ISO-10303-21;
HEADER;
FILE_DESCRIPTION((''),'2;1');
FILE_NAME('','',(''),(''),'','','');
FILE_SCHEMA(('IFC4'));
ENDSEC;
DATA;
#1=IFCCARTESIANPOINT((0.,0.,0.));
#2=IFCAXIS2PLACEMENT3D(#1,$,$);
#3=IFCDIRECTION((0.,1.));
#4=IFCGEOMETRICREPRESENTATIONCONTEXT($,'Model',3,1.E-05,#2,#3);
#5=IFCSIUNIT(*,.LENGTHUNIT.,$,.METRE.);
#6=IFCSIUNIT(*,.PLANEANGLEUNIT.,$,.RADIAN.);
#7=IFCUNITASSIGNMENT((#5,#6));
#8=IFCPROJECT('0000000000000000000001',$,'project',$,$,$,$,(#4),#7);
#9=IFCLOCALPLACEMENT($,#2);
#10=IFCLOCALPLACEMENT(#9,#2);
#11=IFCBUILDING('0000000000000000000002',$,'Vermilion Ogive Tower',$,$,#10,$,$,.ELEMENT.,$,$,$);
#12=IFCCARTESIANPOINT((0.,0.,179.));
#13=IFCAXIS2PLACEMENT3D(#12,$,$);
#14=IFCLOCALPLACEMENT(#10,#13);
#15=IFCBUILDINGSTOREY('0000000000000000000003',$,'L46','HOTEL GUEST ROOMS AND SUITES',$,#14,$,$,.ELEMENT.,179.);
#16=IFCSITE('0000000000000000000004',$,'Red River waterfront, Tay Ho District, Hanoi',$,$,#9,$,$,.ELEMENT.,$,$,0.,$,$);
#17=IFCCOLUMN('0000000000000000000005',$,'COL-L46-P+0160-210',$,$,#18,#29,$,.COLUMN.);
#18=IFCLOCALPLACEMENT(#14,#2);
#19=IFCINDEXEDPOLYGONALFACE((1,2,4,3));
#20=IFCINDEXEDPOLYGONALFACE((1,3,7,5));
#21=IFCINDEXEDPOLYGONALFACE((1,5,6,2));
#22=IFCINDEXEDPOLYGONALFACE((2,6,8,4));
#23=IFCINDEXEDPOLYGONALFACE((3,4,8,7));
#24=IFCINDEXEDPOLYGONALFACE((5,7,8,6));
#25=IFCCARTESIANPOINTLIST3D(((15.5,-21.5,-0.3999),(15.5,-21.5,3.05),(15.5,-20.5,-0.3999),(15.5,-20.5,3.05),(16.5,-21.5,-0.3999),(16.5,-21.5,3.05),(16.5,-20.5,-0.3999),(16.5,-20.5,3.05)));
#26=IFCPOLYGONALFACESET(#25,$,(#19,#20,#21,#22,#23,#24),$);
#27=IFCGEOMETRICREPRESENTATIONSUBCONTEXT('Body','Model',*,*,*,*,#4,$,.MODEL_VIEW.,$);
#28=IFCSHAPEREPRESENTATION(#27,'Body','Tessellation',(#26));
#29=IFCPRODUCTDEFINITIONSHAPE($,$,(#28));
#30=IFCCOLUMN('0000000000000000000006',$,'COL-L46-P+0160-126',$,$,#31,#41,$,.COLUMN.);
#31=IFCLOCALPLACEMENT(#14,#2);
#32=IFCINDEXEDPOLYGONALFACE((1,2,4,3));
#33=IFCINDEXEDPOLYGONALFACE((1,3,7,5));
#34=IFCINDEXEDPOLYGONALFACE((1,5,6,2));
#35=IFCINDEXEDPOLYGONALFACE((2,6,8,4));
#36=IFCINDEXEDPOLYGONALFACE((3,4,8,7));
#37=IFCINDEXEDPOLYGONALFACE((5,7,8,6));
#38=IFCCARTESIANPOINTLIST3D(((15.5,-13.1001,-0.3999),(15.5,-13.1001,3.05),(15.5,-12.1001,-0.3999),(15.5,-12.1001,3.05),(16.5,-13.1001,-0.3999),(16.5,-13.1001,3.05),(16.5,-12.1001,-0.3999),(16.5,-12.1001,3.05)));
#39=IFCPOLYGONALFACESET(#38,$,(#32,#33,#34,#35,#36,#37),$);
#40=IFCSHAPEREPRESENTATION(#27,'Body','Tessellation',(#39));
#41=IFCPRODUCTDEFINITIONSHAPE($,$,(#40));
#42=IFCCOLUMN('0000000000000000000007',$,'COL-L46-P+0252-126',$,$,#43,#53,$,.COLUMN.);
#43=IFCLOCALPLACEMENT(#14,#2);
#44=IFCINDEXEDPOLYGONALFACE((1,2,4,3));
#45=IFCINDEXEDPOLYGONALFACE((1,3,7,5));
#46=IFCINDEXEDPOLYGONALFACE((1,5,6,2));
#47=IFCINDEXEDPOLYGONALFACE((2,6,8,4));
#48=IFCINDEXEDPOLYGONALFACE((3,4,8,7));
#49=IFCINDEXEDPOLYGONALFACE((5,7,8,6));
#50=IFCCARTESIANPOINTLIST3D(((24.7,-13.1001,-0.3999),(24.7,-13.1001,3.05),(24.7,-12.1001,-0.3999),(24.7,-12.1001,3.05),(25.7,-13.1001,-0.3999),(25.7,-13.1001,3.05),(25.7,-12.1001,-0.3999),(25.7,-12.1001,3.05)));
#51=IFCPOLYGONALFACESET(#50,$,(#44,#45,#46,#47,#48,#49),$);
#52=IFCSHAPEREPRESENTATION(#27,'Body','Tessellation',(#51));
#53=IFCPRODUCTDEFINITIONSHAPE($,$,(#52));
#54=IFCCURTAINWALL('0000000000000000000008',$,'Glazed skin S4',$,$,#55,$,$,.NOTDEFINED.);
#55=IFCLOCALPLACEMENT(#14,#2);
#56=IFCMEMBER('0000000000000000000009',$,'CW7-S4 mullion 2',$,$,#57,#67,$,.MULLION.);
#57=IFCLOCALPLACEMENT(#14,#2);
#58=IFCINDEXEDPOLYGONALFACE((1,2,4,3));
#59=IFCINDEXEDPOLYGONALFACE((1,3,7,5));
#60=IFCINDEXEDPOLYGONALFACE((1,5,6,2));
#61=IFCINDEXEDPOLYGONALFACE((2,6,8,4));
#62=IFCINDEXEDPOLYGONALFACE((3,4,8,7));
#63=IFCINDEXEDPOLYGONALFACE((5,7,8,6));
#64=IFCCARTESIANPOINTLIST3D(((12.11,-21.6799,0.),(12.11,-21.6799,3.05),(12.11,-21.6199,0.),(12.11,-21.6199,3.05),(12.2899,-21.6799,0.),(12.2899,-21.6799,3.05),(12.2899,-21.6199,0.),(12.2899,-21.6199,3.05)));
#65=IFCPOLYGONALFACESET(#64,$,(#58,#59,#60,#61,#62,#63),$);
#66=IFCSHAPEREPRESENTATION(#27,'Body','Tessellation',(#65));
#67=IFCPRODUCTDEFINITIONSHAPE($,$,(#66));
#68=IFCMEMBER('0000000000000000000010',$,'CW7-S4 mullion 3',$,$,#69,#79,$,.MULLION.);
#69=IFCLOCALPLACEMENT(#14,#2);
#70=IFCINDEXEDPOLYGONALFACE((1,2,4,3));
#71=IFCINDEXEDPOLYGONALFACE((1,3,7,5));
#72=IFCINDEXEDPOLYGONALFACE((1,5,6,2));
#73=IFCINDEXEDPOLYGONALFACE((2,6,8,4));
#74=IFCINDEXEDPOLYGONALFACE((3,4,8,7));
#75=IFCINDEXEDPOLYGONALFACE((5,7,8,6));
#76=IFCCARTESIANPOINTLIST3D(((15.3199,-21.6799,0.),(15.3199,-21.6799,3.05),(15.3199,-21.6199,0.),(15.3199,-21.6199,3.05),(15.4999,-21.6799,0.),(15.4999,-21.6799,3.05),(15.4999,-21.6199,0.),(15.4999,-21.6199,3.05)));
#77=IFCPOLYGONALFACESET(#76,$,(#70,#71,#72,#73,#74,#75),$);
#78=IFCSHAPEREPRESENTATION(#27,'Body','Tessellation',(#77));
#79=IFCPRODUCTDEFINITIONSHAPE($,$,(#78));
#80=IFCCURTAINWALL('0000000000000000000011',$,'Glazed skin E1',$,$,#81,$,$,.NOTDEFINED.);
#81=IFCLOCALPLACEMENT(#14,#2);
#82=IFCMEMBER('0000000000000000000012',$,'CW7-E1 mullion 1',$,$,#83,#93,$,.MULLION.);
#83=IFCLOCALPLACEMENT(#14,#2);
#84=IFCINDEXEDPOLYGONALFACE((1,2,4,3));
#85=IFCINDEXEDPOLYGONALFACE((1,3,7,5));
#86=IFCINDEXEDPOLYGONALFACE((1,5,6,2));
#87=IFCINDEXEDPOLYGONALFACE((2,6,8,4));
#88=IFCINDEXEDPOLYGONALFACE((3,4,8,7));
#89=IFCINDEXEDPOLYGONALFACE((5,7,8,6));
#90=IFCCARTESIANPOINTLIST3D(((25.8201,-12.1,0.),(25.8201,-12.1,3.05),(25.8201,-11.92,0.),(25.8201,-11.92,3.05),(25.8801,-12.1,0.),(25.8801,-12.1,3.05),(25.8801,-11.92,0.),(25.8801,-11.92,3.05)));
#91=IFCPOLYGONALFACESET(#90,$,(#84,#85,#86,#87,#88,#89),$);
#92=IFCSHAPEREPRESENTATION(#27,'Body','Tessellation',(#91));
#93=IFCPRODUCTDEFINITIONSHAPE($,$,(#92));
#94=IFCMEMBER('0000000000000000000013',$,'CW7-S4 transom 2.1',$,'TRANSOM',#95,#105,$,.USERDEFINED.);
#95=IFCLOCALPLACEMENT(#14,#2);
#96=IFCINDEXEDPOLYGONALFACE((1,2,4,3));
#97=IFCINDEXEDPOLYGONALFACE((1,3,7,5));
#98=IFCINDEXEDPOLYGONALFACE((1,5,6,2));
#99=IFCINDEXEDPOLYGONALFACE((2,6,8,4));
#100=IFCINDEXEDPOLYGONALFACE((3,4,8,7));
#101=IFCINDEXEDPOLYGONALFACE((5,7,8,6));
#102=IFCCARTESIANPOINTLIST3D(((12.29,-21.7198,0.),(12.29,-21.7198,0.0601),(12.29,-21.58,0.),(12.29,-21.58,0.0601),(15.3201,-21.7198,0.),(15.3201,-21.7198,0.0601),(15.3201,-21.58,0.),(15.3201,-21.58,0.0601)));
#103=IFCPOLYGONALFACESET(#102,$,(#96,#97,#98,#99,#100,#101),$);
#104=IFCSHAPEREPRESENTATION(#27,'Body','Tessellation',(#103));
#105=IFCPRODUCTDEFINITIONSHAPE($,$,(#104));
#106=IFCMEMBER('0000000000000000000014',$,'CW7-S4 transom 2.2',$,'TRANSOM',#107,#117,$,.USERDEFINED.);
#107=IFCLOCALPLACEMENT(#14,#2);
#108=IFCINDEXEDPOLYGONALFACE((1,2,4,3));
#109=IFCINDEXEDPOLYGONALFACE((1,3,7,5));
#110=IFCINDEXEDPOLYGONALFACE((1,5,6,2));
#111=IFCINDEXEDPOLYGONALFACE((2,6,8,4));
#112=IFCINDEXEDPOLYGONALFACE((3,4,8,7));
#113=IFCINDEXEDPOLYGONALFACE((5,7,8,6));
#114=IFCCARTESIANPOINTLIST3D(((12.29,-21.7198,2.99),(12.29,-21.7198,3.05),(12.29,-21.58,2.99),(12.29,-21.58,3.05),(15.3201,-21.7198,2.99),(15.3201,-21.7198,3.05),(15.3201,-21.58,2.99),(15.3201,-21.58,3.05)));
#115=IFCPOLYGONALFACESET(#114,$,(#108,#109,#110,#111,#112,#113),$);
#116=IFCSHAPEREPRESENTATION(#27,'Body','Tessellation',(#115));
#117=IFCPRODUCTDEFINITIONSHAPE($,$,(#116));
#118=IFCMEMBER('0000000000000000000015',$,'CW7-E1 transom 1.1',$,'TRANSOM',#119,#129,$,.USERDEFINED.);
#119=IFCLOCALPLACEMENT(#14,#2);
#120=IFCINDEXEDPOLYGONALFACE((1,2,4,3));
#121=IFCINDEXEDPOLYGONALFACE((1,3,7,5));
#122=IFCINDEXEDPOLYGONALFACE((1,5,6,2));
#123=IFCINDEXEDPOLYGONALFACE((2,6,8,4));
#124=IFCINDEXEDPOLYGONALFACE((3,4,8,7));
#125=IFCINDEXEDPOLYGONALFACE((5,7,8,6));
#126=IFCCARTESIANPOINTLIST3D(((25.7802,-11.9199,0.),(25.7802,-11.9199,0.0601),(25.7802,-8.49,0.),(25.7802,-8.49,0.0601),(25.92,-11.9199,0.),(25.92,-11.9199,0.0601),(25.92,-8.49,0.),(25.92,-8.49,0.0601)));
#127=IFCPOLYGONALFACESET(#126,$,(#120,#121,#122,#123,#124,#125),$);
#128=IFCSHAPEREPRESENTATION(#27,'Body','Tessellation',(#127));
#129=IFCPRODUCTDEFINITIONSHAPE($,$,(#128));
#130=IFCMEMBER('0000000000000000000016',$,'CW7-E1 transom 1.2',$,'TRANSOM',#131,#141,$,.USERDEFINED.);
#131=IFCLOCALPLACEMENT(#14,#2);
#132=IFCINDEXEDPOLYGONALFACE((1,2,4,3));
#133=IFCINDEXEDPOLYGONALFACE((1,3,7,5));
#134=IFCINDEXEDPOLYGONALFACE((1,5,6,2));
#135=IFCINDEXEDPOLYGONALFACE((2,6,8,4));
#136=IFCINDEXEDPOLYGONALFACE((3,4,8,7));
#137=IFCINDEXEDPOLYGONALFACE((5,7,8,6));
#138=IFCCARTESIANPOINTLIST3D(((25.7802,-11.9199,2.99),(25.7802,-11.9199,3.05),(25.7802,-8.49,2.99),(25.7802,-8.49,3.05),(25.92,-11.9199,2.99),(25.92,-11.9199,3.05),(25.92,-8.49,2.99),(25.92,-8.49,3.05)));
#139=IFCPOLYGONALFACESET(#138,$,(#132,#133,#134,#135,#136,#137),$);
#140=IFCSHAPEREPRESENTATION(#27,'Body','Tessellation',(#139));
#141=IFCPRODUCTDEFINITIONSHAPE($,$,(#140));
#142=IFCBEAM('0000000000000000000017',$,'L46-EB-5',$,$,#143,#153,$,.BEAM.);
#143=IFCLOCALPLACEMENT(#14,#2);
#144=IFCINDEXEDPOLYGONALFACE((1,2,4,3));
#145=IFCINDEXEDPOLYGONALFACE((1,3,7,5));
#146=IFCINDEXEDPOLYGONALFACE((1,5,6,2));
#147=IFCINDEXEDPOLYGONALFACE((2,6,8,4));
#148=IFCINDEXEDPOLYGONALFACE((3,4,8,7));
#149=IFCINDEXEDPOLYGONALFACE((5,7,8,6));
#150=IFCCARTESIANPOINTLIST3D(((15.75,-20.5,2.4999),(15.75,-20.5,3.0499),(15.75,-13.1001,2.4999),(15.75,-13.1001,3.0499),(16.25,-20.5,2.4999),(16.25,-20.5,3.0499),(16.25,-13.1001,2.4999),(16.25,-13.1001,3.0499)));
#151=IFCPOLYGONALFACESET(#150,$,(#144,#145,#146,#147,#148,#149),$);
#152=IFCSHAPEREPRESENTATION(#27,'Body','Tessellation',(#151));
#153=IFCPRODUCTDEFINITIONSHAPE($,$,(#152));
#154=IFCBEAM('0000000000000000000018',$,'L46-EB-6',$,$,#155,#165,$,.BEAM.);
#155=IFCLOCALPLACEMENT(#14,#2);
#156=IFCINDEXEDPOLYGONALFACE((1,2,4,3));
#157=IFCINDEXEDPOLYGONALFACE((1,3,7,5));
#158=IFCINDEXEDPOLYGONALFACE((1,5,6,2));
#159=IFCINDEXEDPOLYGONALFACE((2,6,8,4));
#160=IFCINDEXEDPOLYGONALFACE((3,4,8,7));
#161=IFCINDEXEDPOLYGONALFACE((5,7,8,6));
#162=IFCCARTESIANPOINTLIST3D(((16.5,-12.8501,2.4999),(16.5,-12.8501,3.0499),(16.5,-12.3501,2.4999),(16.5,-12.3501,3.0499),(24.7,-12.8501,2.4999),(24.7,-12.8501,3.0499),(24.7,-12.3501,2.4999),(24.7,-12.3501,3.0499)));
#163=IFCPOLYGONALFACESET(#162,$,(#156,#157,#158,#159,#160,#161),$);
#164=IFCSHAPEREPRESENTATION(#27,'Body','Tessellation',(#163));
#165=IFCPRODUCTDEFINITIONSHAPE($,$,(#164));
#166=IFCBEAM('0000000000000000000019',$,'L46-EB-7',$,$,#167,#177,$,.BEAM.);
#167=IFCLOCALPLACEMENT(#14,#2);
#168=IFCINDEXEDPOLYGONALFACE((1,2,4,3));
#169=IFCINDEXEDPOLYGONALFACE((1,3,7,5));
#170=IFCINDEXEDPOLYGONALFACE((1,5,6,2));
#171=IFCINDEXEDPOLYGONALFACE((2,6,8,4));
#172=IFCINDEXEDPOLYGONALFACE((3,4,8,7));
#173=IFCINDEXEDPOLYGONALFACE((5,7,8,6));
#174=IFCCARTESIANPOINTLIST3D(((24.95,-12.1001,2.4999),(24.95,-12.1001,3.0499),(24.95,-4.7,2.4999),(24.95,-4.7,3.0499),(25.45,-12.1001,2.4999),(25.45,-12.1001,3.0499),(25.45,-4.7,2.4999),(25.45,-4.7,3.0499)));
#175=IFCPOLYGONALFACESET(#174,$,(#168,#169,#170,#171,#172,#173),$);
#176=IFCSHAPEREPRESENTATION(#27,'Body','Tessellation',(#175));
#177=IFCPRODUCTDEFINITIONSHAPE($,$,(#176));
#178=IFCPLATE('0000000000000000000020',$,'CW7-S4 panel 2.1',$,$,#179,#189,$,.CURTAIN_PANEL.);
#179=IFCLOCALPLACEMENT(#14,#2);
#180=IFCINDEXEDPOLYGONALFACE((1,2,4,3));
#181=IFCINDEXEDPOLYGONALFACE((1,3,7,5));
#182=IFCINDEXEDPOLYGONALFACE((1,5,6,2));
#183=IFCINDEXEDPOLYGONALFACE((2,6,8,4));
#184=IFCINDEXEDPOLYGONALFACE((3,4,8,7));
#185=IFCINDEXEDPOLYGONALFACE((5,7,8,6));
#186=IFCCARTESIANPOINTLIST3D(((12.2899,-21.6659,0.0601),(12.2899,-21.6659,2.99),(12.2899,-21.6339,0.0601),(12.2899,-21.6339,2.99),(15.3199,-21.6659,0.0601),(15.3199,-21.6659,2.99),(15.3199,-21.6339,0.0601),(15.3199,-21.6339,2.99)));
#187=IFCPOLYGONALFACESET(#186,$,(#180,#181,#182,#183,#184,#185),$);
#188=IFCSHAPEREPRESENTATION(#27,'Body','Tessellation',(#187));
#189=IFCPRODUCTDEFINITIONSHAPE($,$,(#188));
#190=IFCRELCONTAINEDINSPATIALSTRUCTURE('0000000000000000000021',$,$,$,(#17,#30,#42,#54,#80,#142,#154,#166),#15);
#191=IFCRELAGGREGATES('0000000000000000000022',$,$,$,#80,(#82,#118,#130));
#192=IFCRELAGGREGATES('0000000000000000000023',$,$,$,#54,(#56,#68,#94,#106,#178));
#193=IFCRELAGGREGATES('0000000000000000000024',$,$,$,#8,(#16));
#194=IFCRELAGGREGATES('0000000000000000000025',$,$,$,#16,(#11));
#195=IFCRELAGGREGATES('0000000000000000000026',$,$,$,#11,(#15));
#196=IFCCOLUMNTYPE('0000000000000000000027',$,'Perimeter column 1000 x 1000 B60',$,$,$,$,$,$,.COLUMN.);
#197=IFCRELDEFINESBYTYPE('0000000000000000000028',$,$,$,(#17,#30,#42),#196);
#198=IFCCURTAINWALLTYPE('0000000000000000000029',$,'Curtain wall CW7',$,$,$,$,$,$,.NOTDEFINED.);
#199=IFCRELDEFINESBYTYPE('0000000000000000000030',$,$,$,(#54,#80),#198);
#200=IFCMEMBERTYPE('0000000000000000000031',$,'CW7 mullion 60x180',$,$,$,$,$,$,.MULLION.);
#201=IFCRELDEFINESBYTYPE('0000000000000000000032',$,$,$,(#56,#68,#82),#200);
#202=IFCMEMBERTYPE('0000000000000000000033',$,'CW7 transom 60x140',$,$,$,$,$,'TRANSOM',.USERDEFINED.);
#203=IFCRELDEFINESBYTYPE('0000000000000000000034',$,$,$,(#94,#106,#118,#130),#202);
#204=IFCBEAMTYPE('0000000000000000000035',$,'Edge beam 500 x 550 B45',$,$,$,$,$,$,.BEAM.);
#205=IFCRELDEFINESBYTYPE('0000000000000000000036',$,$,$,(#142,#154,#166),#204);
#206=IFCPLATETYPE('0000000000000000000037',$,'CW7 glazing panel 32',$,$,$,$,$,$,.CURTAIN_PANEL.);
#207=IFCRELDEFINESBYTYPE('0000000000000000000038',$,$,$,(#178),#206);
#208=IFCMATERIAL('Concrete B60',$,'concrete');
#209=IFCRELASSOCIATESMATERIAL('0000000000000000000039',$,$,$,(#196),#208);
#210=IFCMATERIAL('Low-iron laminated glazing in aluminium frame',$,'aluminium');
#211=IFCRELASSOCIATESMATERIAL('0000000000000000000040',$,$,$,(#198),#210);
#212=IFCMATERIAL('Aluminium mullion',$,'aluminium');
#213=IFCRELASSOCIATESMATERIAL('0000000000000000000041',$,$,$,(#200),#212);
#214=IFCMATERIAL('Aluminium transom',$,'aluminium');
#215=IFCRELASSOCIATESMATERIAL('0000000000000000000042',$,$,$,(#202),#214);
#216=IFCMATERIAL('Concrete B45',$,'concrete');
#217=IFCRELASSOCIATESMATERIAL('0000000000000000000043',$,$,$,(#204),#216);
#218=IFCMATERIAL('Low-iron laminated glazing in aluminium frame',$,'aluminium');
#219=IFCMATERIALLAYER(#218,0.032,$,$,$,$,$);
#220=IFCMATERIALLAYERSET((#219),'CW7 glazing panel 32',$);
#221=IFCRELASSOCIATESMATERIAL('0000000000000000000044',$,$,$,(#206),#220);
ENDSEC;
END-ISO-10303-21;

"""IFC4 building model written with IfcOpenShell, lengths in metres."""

from ifc_helpers import new_model, si_unit, direction, frame, origin, origin_2d, place, context, subcontext, project, spatial, rectangle, extrude, material, layer, layer_set, material_profile, profile_set, type_object, element, aggregate, save


model = new_model("IFC4")

# Units and contexts
model_context = context("Model", 3, precision=1e-05, world=origin(), true_north=direction((0.0, 1.0)))
body_context = subcontext(model_context, "Body", "Model", "MODEL_VIEW")
ifc_project = project(units=[si_unit("LENGTHUNIT", "METRE"), si_unit("PLANEANGLEUNIT", "RADIAN")], contexts=[model_context])

# Site, building, storey
site_placement = place(None, origin())
site = spatial("IfcSite", under=ifc_project, at=site_placement, Name="Red River waterfront, Tay Ho District, Hanoi", CompositionType="ELEMENT", RefElevation=0.0)
building_placement = place(site_placement, origin())
building = spatial("IfcBuilding", under=site, at=building_placement, Name="Vermilion Ogive Tower", CompositionType="ELEMENT")
storey_placement = place(building_placement, frame((0.0, 0.0, 179.0)))
storey = spatial("IfcBuildingStorey", under=building, at=storey_placement, Name="L46", Description="HOTEL GUEST ROOMS AND SUITES", CompositionType="ELEMENT", Elevation=179.0)

# Columns
ifc_material_1 = material(Name="Concrete B60", Category="concrete")
ifc_material_profile_1 = material_profile(ifc_material_1, rectangle(XDim=1.0, YDim=1.0, at=origin_2d()), Name="1000 x 1000")
ifc_profile_set_1 = profile_set([ifc_material_profile_1], Name="Concrete B60")
column_type = type_object("IfcColumnType", Name="Perimeter column 1000 x 1000 B60", PredefinedType="COLUMN", material=ifc_profile_set_1)
for number, where, z_axis, x_axis, name in (
    (1, (16.0, -21.0, -0.3999), (0.0, 0.0, 1.0), (1.0, 0.0, 0.0), "COL-L46-P+0160-210"),
    (2, (16.0, -12.6001, -0.3999), (0.0, 0.0, 1.0), (1.0, 0.0, 0.0), "COL-L46-P+0160-126"),
    (3, (25.2, -12.6001, -0.3999), (0.0, 0.0, 1.0), (1.0, 0.0, 0.0), "COL-L46-P+0252-126"),
):
    element("IfcColumn", number, at=place(storey_placement, frame(where, z_axis=z_axis, x_axis=x_axis)), inside=storey, type_object=column_type, Name=name, PredefinedType="COLUMN", context=body_context, shape_type="SweptSolid", body=[
        extrude(rectangle(XDim=1.0, YDim=1.0, at=origin_2d()), origin(), (0.0, 0.0, 1.0), 3.45),
    ])

# Curtain wall, members
ifc_material_2 = material(Name="Low-iron laminated glazing in aluminium frame", Category="aluminium")
curtain_wall_type = type_object("IfcCurtainWallType", Name="Curtain wall CW7", PredefinedType="NOTDEFINED", material=ifc_material_2)
curtain_wall_1_placement = place(storey_placement, origin())
curtain_wall_1 = element("IfcCurtainWall", 4, at=curtain_wall_1_placement, inside=storey, type_object=curtain_wall_type, Name="Glazed skin S4", PredefinedType="NOTDEFINED")
ifc_material_3 = material(Name="Aluminium mullion", Category="aluminium")
ifc_material_profile_2 = material_profile(ifc_material_3, rectangle(XDim=0.0601, YDim=0.1799, at=origin_2d()), Name="AL 60x180")
ifc_profile_set_2 = profile_set([ifc_material_profile_2], Name="Aluminium mullion")
member_type_1 = type_object("IfcMemberType", Name="CW7 mullion 60x180", PredefinedType="MULLION", material=ifc_profile_set_2)
member_1_placement = place(storey_placement, frame((12.2, -21.6499, 0.0), z_axis=(0.0, 0.0, 1.0), x_axis=(0.0, 1.0, 0.0)))
member_1 = element("IfcMember", 5, at=member_1_placement, type_object=member_type_1, Name="CW7-S4 mullion 2", PredefinedType="MULLION", context=body_context, shape_type="SweptSolid", body=[
    extrude(rectangle(XDim=0.0601, YDim=0.1799, at=origin_2d()), origin(), (0.0, 0.0, 1.0), 3.05),
])
member_2_placement = place(storey_placement, frame((15.4099, -21.6499, 0.0), z_axis=(0.0, 0.0, 1.0), x_axis=(0.0, 1.0, 0.0)))
member_2 = element("IfcMember", 6, at=member_2_placement, type_object=member_type_1, Name="CW7-S4 mullion 3", PredefinedType="MULLION", context=body_context, shape_type="SweptSolid", body=[
    extrude(rectangle(XDim=0.0601, YDim=0.1799, at=origin_2d()), origin(), (0.0, 0.0, 1.0), 3.05),
])

# Curtain wall, member
curtain_wall_2_placement = place(storey_placement, origin())
curtain_wall_2 = element("IfcCurtainWall", 7, at=curtain_wall_2_placement, inside=storey, type_object=curtain_wall_type, Name="Glazed skin E1", PredefinedType="NOTDEFINED")
member_3_placement = place(storey_placement, frame((25.8501, -12.01, 0.0), z_axis=(0.0, 0.0, 1.0), x_axis=(-1.0, 0.0, 0.0)))
member_3 = element("IfcMember", 8, at=member_3_placement, type_object=member_type_1, Name="CW7-E1 mullion 1", PredefinedType="MULLION", context=body_context, shape_type="SweptSolid", body=[
    extrude(rectangle(XDim=0.0601, YDim=0.1799, at=origin_2d()), origin(), (0.0, 0.0, 1.0), 3.05),
])

# Members
ifc_material_4 = material(Name="Aluminium transom", Category="aluminium")
ifc_material_profile_3 = material_profile(ifc_material_4, rectangle(XDim=0.1399, YDim=0.0601, at=origin_2d()), Name="AL 60x140")
ifc_profile_set_3 = profile_set([ifc_material_profile_3], Name="Aluminium transom")
member_type_2 = type_object("IfcMemberType", Name="CW7 transom 60x140", ElementType="TRANSOM", PredefinedType="USERDEFINED", material=ifc_profile_set_3)
member_4_placement = place(storey_placement, frame((12.29, -21.6499, 0.03), z_axis=(1.0, 0.0, 0.0), x_axis=(0.0, 1.0, 0.0)))
member_4 = element("IfcMember", 9, at=member_4_placement, type_object=member_type_2, Name="CW7-S4 transom 2.1", ObjectType="TRANSOM", PredefinedType="USERDEFINED", context=body_context, shape_type="SweptSolid", body=[
    extrude(rectangle(XDim=0.1399, YDim=0.0601, at=origin_2d()), origin(), (0.0, 0.0, 1.0), 3.03),
])
member_5_placement = place(storey_placement, frame((12.29, -21.6499, 3.02), z_axis=(1.0, 0.0, 0.0), x_axis=(0.0, 1.0, 0.0)))
member_5 = element("IfcMember", 10, at=member_5_placement, type_object=member_type_2, Name="CW7-S4 transom 2.2", ObjectType="TRANSOM", PredefinedType="USERDEFINED", context=body_context, shape_type="SweptSolid", body=[
    extrude(rectangle(XDim=0.1399, YDim=0.0601, at=origin_2d()), origin(), (0.0, 0.0, 1.0), 3.03),
])
member_6_placement = place(storey_placement, frame((25.8501, -11.9199, 0.03), z_axis=(0.0, 1.0, 0.0), x_axis=(-1.0, 0.0, 0.0)))
member_6 = element("IfcMember", 11, at=member_6_placement, type_object=member_type_2, Name="CW7-E1 transom 1.1", ObjectType="TRANSOM", PredefinedType="USERDEFINED", context=body_context, shape_type="SweptSolid", body=[
    extrude(rectangle(XDim=0.1399, YDim=0.0601, at=origin_2d()), origin(), (0.0, 0.0, 1.0), 3.4299),
])
member_7_placement = place(storey_placement, frame((25.8501, -11.9199, 3.02), z_axis=(0.0, 1.0, 0.0), x_axis=(-1.0, 0.0, 0.0)))
member_7 = element("IfcMember", 12, at=member_7_placement, type_object=member_type_2, Name="CW7-E1 transom 1.2", ObjectType="TRANSOM", PredefinedType="USERDEFINED", context=body_context, shape_type="SweptSolid", body=[
    extrude(rectangle(XDim=0.1399, YDim=0.0601, at=origin_2d()), origin(), (0.0, 0.0, 1.0), 3.4299),
])
aggregate(curtain_wall_2, [member_3, member_6, member_7])

# Beams
ifc_material_5 = material(Name="Concrete B45", Category="concrete")
ifc_material_profile_4 = material_profile(ifc_material_5, rectangle(XDim=0.5, YDim=0.55, at=origin_2d()), Name="500 x 550")
ifc_profile_set_4 = profile_set([ifc_material_profile_4], Name="Concrete B45")
beam_type = type_object("IfcBeamType", Name="Edge beam 500 x 550 B45", PredefinedType="BEAM", material=ifc_profile_set_4)
beam_1_placement = place(storey_placement, frame((16.0, -20.5, 2.7749), z_axis=(0.0, 1.0, 0.0), x_axis=(-1.0, 0.0, 0.0)))
element("IfcBeam", 13, at=beam_1_placement, inside=storey, type_object=beam_type, Name="L46-EB-5", PredefinedType="BEAM", context=body_context, shape_type="SweptSolid", body=[
    extrude(rectangle(XDim=0.5, YDim=0.55, at=origin_2d()), origin(), (0.0, 0.0, 1.0), 7.3999),
])
beam_2_placement = place(storey_placement, frame((16.5, -12.6001, 2.7749), z_axis=(1.0, 0.0, 0.0), x_axis=(0.0, 1.0, 0.0)))
element("IfcBeam", 14, at=beam_2_placement, inside=storey, type_object=beam_type, Name="L46-EB-6", PredefinedType="BEAM", context=body_context, shape_type="SweptSolid", body=[
    extrude(rectangle(XDim=0.5, YDim=0.55, at=origin_2d()), origin(), (0.0, 0.0, 1.0), 8.2),
])
beam_3_placement = place(storey_placement, frame((25.2, -12.1001, 2.7749), z_axis=(0.0, 1.0, 0.0), x_axis=(-1.0, 0.0, 0.0)))
element("IfcBeam", 15, at=beam_3_placement, inside=storey, type_object=beam_type, Name="L46-EB-7", PredefinedType="BEAM", context=body_context, shape_type="SweptSolid", body=[
    extrude(rectangle(XDim=0.5, YDim=0.55, at=origin_2d()), origin(), (0.0, 0.0, 1.0), 7.4001),
])

# Plate
ifc_material_6 = material(Name="Low-iron laminated glazing in aluminium frame", Category="aluminium")
ifc_layer_1 = layer(ifc_material_6, 0.032)
ifc_layer_set_1 = layer_set([ifc_layer_1], Name="CW7 glazing panel 32")
plate_type = type_object("IfcPlateType", Name="CW7 glazing panel 32", PredefinedType="CURTAIN_PANEL", material=ifc_layer_set_1)
plate_placement = place(storey_placement, frame((13.8049, -21.6499, 0.0601), z_axis=(0.0, 0.0, 1.0), x_axis=(1.0, 0.0, 0.0)))
plate = element("IfcPlate", 16, at=plate_placement, type_object=plate_type, Name="CW7-S4 panel 2.1", PredefinedType="CURTAIN_PANEL", context=body_context, shape_type="SweptSolid", body=[
    extrude(rectangle(XDim=3.03, YDim=0.032, at=origin_2d()), origin(), (0.0, 0.0, 1.0), 2.9299),
])
aggregate(curtain_wall_1, [member_1, member_2, member_4, member_5, plate])

save(model, "model.ifc")
